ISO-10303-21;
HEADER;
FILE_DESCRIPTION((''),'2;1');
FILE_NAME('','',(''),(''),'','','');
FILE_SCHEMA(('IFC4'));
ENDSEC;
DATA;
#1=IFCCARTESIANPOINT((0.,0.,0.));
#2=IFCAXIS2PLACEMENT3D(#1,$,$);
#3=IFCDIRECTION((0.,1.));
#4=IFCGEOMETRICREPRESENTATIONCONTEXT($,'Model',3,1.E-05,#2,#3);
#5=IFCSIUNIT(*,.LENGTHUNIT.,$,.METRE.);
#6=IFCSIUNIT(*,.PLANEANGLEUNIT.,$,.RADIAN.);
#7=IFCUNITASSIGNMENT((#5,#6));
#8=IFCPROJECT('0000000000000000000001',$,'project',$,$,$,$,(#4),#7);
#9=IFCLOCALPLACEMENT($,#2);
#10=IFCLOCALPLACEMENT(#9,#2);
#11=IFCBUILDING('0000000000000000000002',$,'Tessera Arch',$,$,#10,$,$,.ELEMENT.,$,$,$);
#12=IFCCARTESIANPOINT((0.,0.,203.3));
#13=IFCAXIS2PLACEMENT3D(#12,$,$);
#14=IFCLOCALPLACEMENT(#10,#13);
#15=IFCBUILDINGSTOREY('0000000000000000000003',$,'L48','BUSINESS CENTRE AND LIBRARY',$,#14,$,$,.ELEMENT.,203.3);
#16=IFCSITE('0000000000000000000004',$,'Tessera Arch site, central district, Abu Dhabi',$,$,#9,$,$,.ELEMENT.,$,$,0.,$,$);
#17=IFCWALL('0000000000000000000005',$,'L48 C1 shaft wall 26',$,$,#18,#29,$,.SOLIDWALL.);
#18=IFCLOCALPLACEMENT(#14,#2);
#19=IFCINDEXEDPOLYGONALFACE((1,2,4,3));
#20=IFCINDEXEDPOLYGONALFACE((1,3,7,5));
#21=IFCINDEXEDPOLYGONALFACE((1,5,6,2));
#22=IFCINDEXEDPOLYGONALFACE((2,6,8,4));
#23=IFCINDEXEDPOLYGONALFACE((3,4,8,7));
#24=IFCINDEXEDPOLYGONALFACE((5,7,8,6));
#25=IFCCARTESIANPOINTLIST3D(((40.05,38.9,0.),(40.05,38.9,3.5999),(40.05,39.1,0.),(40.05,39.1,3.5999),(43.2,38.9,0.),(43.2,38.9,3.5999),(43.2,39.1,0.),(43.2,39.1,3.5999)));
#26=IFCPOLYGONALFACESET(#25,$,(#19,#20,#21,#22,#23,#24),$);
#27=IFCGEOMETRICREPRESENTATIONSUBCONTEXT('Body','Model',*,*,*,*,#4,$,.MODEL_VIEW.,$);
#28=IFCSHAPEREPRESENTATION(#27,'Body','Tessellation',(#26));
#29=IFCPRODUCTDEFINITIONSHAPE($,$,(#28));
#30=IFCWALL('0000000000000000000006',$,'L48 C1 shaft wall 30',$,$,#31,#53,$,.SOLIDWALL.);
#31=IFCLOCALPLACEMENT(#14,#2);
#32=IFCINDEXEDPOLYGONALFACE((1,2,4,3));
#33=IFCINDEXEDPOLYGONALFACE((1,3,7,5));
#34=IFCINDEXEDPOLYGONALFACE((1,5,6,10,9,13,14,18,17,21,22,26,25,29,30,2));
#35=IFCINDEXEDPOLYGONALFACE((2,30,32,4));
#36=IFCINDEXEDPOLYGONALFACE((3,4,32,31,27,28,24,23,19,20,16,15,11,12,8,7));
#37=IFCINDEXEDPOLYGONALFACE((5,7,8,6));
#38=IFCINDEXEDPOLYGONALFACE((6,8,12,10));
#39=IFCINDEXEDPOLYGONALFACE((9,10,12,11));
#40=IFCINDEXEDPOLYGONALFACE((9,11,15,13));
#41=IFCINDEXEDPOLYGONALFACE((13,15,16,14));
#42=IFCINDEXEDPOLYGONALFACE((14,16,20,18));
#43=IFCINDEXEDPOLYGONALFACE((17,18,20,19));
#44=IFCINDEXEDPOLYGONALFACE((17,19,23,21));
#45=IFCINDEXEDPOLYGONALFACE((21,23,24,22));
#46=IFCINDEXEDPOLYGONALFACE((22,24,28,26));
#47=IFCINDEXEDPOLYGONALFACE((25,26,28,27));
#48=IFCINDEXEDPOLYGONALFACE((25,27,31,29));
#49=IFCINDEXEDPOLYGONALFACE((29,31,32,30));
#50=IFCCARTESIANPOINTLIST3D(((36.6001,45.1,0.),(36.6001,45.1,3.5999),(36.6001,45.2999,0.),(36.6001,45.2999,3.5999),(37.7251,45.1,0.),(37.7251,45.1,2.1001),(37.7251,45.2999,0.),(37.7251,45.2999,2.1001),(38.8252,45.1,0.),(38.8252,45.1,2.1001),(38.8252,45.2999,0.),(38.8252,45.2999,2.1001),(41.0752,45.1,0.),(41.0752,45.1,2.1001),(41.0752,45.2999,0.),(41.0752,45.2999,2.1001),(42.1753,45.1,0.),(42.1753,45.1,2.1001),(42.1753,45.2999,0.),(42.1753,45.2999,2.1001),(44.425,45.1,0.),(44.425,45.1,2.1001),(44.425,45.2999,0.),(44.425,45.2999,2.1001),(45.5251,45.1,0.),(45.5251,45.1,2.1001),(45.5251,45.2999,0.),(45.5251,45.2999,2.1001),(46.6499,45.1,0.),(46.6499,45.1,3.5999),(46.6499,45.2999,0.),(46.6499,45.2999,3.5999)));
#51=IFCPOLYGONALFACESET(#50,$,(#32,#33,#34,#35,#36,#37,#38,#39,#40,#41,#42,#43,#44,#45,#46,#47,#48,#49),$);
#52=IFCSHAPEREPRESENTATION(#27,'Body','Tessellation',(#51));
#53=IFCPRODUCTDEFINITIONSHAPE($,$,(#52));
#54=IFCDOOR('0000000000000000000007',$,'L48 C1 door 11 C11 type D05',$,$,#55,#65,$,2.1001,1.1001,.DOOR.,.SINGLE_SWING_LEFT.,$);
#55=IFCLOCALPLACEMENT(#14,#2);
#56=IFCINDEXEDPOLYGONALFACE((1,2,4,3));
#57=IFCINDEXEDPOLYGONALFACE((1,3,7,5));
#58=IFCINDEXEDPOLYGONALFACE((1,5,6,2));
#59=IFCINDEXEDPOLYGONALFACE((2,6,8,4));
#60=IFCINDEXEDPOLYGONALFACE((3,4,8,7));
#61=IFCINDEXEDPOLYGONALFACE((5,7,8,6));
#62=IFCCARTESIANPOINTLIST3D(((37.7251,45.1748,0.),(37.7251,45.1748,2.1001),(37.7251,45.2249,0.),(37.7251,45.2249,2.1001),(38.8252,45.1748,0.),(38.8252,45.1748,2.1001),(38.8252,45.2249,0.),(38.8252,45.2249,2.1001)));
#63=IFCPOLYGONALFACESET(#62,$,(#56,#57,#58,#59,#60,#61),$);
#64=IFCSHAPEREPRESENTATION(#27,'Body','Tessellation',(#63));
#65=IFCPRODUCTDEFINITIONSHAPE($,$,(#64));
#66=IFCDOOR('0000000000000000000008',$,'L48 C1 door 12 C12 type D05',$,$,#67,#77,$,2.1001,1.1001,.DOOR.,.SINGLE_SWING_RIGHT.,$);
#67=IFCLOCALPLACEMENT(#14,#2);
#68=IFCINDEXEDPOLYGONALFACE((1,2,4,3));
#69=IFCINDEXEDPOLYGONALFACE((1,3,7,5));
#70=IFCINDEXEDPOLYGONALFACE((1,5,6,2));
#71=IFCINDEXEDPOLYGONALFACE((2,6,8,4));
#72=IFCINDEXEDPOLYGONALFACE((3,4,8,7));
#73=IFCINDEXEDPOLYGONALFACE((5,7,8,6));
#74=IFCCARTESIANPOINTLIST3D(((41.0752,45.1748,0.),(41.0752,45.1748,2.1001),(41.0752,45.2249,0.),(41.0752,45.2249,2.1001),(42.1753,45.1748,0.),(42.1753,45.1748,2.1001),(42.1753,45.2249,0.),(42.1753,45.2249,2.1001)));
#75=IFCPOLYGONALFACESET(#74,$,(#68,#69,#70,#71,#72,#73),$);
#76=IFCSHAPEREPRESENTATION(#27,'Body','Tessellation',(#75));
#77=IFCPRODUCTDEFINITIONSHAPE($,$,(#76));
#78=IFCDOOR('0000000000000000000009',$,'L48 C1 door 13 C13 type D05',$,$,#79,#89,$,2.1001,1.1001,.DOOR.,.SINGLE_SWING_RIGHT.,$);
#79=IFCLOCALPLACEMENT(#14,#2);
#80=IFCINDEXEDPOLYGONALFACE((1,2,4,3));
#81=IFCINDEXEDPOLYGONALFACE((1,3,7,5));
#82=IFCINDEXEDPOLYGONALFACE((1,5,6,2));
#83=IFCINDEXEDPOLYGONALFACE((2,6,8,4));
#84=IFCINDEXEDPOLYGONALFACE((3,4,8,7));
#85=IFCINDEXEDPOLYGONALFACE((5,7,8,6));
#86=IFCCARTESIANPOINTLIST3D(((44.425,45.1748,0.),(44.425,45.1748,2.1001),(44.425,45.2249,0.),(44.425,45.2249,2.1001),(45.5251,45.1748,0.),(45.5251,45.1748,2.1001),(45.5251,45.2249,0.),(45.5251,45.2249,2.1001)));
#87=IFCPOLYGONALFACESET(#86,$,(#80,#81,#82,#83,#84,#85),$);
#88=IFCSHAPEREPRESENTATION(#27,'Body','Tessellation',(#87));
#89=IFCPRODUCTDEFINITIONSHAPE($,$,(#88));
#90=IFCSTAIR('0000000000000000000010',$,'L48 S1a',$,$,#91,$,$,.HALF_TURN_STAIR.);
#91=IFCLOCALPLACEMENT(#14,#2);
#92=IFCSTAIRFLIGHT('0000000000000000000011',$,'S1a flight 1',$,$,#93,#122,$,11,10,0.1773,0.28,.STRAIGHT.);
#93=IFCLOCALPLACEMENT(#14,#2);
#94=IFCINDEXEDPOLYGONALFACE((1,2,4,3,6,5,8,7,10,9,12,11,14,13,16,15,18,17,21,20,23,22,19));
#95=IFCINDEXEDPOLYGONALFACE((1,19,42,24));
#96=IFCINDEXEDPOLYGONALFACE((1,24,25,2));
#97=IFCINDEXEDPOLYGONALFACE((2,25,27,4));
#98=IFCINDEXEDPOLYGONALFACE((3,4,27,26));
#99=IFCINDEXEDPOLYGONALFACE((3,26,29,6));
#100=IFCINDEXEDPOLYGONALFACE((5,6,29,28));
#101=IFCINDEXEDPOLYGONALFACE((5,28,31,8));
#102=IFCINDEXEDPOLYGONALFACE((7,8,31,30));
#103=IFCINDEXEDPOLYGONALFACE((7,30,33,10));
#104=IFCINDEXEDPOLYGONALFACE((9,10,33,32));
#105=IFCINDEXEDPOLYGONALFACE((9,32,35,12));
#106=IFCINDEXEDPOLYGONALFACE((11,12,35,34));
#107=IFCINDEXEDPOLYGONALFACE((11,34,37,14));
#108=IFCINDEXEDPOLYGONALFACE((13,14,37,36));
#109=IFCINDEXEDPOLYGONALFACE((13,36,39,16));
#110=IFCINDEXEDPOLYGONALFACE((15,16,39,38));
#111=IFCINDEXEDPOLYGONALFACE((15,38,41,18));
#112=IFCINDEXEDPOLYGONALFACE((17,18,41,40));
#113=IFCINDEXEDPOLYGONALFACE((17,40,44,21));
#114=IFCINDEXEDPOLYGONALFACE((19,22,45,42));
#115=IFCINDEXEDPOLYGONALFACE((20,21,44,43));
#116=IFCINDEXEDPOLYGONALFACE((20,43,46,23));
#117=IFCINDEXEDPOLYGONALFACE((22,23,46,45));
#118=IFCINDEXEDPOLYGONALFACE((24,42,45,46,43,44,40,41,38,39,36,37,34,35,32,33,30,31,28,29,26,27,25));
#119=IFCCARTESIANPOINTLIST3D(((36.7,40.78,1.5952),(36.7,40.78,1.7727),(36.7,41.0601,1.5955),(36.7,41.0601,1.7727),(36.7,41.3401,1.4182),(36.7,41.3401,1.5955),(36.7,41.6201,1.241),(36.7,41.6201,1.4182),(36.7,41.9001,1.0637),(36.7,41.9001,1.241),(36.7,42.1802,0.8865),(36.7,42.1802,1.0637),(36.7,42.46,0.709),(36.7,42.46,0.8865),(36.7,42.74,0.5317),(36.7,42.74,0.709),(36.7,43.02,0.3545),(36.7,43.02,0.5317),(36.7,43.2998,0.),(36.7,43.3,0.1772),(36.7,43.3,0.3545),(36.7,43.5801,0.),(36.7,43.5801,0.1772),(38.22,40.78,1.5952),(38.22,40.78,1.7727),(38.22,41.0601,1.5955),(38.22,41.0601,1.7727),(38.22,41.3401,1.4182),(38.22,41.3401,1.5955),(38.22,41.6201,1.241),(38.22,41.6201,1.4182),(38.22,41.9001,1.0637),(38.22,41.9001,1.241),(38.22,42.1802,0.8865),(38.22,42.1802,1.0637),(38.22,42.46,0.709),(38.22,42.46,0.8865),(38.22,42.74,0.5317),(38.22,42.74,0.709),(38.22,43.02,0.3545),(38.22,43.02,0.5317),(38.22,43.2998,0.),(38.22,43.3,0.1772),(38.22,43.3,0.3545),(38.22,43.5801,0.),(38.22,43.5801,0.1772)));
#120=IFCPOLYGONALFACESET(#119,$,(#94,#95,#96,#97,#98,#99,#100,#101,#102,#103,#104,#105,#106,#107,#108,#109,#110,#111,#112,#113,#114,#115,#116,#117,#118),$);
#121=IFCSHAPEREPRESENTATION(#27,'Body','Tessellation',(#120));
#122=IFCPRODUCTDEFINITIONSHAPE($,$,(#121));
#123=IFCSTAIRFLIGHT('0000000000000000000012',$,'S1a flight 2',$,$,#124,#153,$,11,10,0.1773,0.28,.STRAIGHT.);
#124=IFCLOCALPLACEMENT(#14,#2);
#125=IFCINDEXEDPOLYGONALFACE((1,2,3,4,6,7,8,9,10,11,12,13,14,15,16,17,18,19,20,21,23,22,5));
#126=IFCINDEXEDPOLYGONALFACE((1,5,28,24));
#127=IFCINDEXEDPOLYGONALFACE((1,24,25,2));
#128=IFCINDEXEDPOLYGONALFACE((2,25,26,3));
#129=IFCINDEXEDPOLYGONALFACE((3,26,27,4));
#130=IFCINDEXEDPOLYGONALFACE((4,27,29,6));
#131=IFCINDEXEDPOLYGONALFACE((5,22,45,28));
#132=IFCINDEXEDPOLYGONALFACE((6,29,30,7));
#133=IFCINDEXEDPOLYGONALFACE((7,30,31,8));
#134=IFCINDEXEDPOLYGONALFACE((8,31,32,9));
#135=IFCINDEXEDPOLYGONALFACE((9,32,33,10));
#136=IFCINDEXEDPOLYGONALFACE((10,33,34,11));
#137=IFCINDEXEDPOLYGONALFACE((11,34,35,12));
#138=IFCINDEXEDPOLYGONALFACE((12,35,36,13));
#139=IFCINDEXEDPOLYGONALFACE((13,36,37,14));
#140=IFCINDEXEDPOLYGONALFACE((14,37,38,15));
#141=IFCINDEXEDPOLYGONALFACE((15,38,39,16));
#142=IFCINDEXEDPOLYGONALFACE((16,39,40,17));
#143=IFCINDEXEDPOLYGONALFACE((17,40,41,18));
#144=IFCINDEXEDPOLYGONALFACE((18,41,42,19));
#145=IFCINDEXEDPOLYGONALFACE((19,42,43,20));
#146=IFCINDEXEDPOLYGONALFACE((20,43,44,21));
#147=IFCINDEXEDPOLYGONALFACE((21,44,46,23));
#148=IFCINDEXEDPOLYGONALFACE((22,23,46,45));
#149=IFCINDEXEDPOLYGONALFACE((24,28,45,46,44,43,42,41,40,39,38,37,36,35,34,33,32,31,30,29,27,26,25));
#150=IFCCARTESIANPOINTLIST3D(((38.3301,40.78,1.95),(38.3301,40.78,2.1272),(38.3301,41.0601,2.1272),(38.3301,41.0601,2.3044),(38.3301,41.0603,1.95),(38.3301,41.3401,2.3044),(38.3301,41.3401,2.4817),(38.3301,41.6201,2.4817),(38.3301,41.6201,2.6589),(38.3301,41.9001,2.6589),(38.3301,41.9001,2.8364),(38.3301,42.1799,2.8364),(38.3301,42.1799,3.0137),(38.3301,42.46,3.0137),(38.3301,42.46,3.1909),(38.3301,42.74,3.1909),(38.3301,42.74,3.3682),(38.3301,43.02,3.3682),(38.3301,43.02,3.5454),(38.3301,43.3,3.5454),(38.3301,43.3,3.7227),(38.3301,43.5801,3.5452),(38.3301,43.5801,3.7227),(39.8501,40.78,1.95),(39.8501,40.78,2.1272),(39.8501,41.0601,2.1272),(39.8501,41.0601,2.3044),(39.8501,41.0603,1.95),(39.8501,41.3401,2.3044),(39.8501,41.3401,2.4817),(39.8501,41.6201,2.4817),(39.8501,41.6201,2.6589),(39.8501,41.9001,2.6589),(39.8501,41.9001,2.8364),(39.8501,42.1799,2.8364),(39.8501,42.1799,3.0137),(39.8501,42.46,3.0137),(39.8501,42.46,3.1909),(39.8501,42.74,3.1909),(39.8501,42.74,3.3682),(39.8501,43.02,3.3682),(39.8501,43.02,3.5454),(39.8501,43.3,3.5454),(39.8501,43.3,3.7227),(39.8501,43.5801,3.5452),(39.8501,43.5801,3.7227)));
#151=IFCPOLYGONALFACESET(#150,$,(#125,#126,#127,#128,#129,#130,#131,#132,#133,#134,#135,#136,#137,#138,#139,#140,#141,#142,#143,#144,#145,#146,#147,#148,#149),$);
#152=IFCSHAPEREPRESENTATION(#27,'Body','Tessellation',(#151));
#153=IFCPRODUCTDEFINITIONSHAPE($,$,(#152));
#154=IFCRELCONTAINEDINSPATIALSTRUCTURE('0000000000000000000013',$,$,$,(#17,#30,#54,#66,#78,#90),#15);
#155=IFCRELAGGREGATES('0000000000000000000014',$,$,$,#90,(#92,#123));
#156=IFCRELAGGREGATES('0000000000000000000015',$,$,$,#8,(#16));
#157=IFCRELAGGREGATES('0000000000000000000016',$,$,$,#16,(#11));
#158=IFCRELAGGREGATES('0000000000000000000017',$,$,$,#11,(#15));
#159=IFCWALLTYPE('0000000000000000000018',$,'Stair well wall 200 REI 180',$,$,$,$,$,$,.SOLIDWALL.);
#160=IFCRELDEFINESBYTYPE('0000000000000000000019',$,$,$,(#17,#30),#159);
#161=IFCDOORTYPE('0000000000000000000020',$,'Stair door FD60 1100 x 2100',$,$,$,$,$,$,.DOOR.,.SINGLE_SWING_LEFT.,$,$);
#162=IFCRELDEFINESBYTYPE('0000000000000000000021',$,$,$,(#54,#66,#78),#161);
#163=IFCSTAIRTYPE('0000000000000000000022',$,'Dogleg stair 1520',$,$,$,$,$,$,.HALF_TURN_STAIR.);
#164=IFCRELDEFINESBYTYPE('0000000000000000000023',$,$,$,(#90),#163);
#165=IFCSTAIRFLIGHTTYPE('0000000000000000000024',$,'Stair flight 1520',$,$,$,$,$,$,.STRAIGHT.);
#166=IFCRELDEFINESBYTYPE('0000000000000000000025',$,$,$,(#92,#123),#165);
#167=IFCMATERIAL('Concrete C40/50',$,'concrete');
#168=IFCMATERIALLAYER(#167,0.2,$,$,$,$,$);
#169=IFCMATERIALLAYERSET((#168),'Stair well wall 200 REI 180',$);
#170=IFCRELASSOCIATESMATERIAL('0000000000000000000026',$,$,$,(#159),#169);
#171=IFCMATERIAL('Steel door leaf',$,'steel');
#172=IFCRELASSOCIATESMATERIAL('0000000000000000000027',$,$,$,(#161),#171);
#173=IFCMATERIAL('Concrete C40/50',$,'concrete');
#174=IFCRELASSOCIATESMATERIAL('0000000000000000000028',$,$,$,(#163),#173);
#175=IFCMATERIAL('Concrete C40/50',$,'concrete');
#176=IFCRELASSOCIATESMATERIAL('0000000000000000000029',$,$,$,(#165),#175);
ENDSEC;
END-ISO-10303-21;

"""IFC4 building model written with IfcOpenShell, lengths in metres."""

from ifc_helpers import new_model, si_unit, direction, frame, frame_2d, origin, place, context, subcontext, project, spatial, polyline, rectangle, outline, extrude, material, layer, layer_set, type_object, element, fill, aggregate, save


model = new_model("IFC4")

# Units and contexts
model_context = context("Model", 3, precision=1e-05, world=origin(), true_north=direction((0.0, 1.0)))
body_context = subcontext(model_context, "Body", "Model", "MODEL_VIEW")
ifc_project = project(units=[si_unit("LENGTHUNIT", "METRE"), si_unit("PLANEANGLEUNIT", "RADIAN")], contexts=[model_context])

# Site, building, storey
site_placement = place(None, origin())
site = spatial("IfcSite", under=ifc_project, at=site_placement, Name="Tessera Arch site, central district, Abu Dhabi", CompositionType="ELEMENT", RefElevation=0.0)
building_placement = place(site_placement, origin())
building = spatial("IfcBuilding", under=site, at=building_placement, Name="Tessera Arch", CompositionType="ELEMENT")
storey_placement = place(building_placement, frame((0.0, 0.0, 203.3)))
storey = spatial("IfcBuildingStorey", under=building, at=storey_placement, Name="L48", Description="BUSINESS CENTRE AND LIBRARY", CompositionType="ELEMENT", Elevation=203.3)

# Wall
ifc_material_1 = material(Name="Concrete C40/50", Category="concrete")
ifc_layer_1 = layer(ifc_material_1, 0.2)
ifc_layer_set_1 = layer_set([ifc_layer_1], Name="Stair well wall 200 REI 180")
wall_type_1 = type_object("IfcWallType", Name="Stair well wall 200 REI 180", PredefinedType="SOLIDWALL", material=ifc_layer_set_1)
wall_1_placement = place(storey_placement, frame((40.05, 39.0, 0.0), z_axis=(0.0, 0.0, 1.0), x_axis=(1.0, 0.0, 0.0)))
element("IfcWall", 1, at=wall_1_placement, inside=storey, type_object=wall_type_1, Name="L48 C1 shaft wall 26", PredefinedType="SOLIDWALL", context=body_context, shape_type="SweptSolid", body=[
    extrude(rectangle(XDim=3.1499, YDim=0.2, at=frame_2d((1.575, 0.0))), origin(), (0.0, 0.0, 1.0), 3.5999),
])

# Wall, openings, doors
wall_2_placement = place(storey_placement, frame((36.6001, 45.2, 0.0), z_axis=(0.0, 0.0, 1.0), x_axis=(1.0, 0.0, 0.0)))
wall_2 = element("IfcWall", 2, at=wall_2_placement, inside=storey, type_object=wall_type_1, Name="L48 C1 shaft wall 30", PredefinedType="SOLIDWALL", context=body_context, shape_type="SweptSolid", body=[
    extrude(rectangle(XDim=10.0498, YDim=0.2, at=frame_2d((5.0249, 0.0))), origin(), (0.0, 0.0, 1.0), 3.5999),
])
opening_1_placement = place(wall_2_placement, frame((1.125, 0.0, 0.0)))
opening_1 = element("IfcOpeningElement", 3, at=opening_1_placement, cuts=wall_2, PredefinedType="OPENING", context=body_context, shape_type="SweptSolid", body=[
    extrude(rectangle(XDim=1.1001, YDim=2.1001, at=frame_2d((0.55, 1.05))), frame((0.0, 0.1099, 0.0), z_axis=(0.0, -1.0, 0.0), x_axis=(1.0, 0.0, 0.0)), (0.0, 0.0, 1.0), 0.22),
])
opening_2_placement = place(wall_2_placement, frame((4.4751, 0.0, 0.0)))
opening_2 = element("IfcOpeningElement", 4, at=opening_2_placement, cuts=wall_2, PredefinedType="OPENING", context=body_context, shape_type="SweptSolid", body=[
    extrude(rectangle(XDim=1.1001, YDim=2.1001, at=frame_2d((0.55, 1.05))), frame((0.0, 0.1099, 0.0), z_axis=(0.0, -1.0, 0.0), x_axis=(1.0, 0.0, 0.0)), (0.0, 0.0, 1.0), 0.22),
])
opening_3_placement = place(wall_2_placement, frame((7.825, 0.0, 0.0)))
opening_3 = element("IfcOpeningElement", 5, at=opening_3_placement, cuts=wall_2, PredefinedType="OPENING", context=body_context, shape_type="SweptSolid", body=[
    extrude(rectangle(XDim=1.1001, YDim=2.1001, at=frame_2d((0.55, 1.05))), frame((0.0, 0.1099, 0.0), z_axis=(0.0, -1.0, 0.0), x_axis=(1.0, 0.0, 0.0)), (0.0, 0.0, 1.0), 0.22),
])
ifc_material_2 = material(Name="Steel door leaf", Category="steel")
door_type_1 = type_object("IfcDoorType", Name="Stair door FD60 1100 x 2100", OperationType="SINGLE_SWING_LEFT", PredefinedType="DOOR", material=ifc_material_2)
door_1_placement = place(opening_1_placement, origin())
door_1 = element("IfcDoor", 6, at=door_1_placement, inside=storey, type_object=door_type_1, Name="L48 C1 door 11 C11 type D05", OperationType="SINGLE_SWING_LEFT", OverallHeight=2.1001, OverallWidth=1.1001, PredefinedType="DOOR", context=body_context, shape_type="SweptSolid", body=[
    extrude(rectangle(XDim=1.1001, YDim=2.1001, at=frame_2d((0.55, 1.05))), frame((0.0, 0.0249, 0.0), z_axis=(0.0, -1.0, 0.0), x_axis=(1.0, 0.0, 0.0)), (0.0, 0.0, 1.0), 0.05),
])
fill(opening_1, door_1)
door_2_placement = place(opening_2_placement, origin())
door_2 = element("IfcDoor", 7, at=door_2_placement, inside=storey, type_object=door_type_1, Name="L48 C1 door 12 C12 type D05", OperationType="SINGLE_SWING_RIGHT", OverallHeight=2.1001, OverallWidth=1.1001, PredefinedType="DOOR", context=body_context, shape_type="SweptSolid", body=[
    extrude(rectangle(XDim=1.1001, YDim=2.1001, at=frame_2d((0.55, 1.05))), frame((0.0, 0.0249, 0.0), z_axis=(0.0, -1.0, 0.0), x_axis=(1.0, 0.0, 0.0)), (0.0, 0.0, 1.0), 0.05),
])
fill(opening_2, door_2)
door_3_placement = place(opening_3_placement, origin())
door_3 = element("IfcDoor", 8, at=door_3_placement, inside=storey, type_object=door_type_1, Name="L48 C1 door 13 C13 type D05", OperationType="SINGLE_SWING_RIGHT", OverallHeight=2.1001, OverallWidth=1.1001, PredefinedType="DOOR", context=body_context, shape_type="SweptSolid", body=[
    extrude(rectangle(XDim=1.1001, YDim=2.1001, at=frame_2d((0.55, 1.05))), frame((0.0, 0.0249, 0.0), z_axis=(0.0, -1.0, 0.0), x_axis=(1.0, 0.0, 0.0)), (0.0, 0.0, 1.0), 0.05),
])
fill(opening_3, door_3)

# Stair, stair flights
ifc_material_3 = material(Name="Concrete C40/50", Category="concrete")
stair_type = type_object("IfcStairType", Name="Dogleg stair 1520", PredefinedType="HALF_TURN_STAIR", material=ifc_material_3)
stair_placement = place(storey_placement, origin())
stair = element("IfcStair", 9, at=stair_placement, inside=storey, type_object=stair_type, Name="L48 S1a", PredefinedType="HALF_TURN_STAIR")
ifc_material_4 = material(Name="Concrete C40/50", Category="concrete")
stair_flight_type = type_object("IfcStairFlightType", Name="Stair flight 1520", PredefinedType="STRAIGHT", material=ifc_material_4)
stair_flight_1_placement = place(storey_placement, frame((37.46, 43.5801, 0.0), z_axis=(0.0, 0.0, 1.0), x_axis=(0.0, -1.0, 0.0)))
stair_flight_1 = element("IfcStairFlight", 10, at=stair_flight_1_placement, type_object=stair_flight_type, Name="S1a flight 1", NumberOfRisers=11, NumberOfTreads=10, PredefinedType="STRAIGHT", RiserHeight=0.1773, TreadLength=0.28, context=body_context, shape_type="SweptSolid", body=[
    extrude(outline(polyline([(0.0, 0.0), (0.0, 0.1772), (0.28, 0.1772), (0.28, 0.3545), (0.5601, 0.3545), (0.5601, 0.5317), (0.8401, 0.5317), (0.8401, 0.709), (1.1201, 0.709), (1.1201, 0.8865), (1.3999, 0.8865), (1.3999, 1.0637), (1.6799, 1.0637), (1.6799, 1.241), (1.96, 1.241), (1.96, 1.4182), (2.24, 1.4182), (2.24, 1.5955), (2.52, 1.5955), (2.52, 1.7727), (2.8, 1.7727), (2.8, 1.95), (2.8, 1.5952), (0.2803, 0.0), (0.0, 0.0)])), frame((0.0, 0.76, 0.0), z_axis=(0.0, -1.0, 0.0), x_axis=(1.0, 0.0, 0.0)), (0.0, 0.0, 1.0), 1.52),
])
stair_flight_2_placement = place(storey_placement, frame((39.0901, 40.78, 1.95), z_axis=(0.0, 0.0, 1.0), x_axis=(0.0, 1.0, 0.0)))
stair_flight_2 = element("IfcStairFlight", 11, at=stair_flight_2_placement, type_object=stair_flight_type, Name="S1a flight 2", NumberOfRisers=11, NumberOfTreads=10, PredefinedType="STRAIGHT", RiserHeight=0.1773, TreadLength=0.28, context=body_context, shape_type="SweptSolid", body=[
    extrude(outline(polyline([(0.0, 0.0), (0.0, 0.1772), (0.28, 0.1772), (0.28, 0.3545), (0.5601, 0.3545), (0.5601, 0.5317), (0.8401, 0.5317), (0.8401, 0.709), (1.1201, 0.709), (1.1201, 0.8865), (1.3999, 0.8865), (1.3999, 1.0637), (1.6799, 1.0637), (1.6799, 1.241), (1.96, 1.241), (1.96, 1.4182), (2.24, 1.4182), (2.24, 1.5955), (2.52, 1.5955), (2.52, 1.7727), (2.8, 1.7727), (2.8, 1.95), (2.8, 1.5952), (0.2803, 0.0), (0.0, 0.0)])), frame((0.0, 0.76, 0.0), z_axis=(0.0, -1.0, 0.0), x_axis=(1.0, 0.0, 0.0)), (0.0, 0.0, 1.0), 1.52),
])
aggregate(stair, [stair_flight_1, stair_flight_2])

save(model, "model.ifc")
